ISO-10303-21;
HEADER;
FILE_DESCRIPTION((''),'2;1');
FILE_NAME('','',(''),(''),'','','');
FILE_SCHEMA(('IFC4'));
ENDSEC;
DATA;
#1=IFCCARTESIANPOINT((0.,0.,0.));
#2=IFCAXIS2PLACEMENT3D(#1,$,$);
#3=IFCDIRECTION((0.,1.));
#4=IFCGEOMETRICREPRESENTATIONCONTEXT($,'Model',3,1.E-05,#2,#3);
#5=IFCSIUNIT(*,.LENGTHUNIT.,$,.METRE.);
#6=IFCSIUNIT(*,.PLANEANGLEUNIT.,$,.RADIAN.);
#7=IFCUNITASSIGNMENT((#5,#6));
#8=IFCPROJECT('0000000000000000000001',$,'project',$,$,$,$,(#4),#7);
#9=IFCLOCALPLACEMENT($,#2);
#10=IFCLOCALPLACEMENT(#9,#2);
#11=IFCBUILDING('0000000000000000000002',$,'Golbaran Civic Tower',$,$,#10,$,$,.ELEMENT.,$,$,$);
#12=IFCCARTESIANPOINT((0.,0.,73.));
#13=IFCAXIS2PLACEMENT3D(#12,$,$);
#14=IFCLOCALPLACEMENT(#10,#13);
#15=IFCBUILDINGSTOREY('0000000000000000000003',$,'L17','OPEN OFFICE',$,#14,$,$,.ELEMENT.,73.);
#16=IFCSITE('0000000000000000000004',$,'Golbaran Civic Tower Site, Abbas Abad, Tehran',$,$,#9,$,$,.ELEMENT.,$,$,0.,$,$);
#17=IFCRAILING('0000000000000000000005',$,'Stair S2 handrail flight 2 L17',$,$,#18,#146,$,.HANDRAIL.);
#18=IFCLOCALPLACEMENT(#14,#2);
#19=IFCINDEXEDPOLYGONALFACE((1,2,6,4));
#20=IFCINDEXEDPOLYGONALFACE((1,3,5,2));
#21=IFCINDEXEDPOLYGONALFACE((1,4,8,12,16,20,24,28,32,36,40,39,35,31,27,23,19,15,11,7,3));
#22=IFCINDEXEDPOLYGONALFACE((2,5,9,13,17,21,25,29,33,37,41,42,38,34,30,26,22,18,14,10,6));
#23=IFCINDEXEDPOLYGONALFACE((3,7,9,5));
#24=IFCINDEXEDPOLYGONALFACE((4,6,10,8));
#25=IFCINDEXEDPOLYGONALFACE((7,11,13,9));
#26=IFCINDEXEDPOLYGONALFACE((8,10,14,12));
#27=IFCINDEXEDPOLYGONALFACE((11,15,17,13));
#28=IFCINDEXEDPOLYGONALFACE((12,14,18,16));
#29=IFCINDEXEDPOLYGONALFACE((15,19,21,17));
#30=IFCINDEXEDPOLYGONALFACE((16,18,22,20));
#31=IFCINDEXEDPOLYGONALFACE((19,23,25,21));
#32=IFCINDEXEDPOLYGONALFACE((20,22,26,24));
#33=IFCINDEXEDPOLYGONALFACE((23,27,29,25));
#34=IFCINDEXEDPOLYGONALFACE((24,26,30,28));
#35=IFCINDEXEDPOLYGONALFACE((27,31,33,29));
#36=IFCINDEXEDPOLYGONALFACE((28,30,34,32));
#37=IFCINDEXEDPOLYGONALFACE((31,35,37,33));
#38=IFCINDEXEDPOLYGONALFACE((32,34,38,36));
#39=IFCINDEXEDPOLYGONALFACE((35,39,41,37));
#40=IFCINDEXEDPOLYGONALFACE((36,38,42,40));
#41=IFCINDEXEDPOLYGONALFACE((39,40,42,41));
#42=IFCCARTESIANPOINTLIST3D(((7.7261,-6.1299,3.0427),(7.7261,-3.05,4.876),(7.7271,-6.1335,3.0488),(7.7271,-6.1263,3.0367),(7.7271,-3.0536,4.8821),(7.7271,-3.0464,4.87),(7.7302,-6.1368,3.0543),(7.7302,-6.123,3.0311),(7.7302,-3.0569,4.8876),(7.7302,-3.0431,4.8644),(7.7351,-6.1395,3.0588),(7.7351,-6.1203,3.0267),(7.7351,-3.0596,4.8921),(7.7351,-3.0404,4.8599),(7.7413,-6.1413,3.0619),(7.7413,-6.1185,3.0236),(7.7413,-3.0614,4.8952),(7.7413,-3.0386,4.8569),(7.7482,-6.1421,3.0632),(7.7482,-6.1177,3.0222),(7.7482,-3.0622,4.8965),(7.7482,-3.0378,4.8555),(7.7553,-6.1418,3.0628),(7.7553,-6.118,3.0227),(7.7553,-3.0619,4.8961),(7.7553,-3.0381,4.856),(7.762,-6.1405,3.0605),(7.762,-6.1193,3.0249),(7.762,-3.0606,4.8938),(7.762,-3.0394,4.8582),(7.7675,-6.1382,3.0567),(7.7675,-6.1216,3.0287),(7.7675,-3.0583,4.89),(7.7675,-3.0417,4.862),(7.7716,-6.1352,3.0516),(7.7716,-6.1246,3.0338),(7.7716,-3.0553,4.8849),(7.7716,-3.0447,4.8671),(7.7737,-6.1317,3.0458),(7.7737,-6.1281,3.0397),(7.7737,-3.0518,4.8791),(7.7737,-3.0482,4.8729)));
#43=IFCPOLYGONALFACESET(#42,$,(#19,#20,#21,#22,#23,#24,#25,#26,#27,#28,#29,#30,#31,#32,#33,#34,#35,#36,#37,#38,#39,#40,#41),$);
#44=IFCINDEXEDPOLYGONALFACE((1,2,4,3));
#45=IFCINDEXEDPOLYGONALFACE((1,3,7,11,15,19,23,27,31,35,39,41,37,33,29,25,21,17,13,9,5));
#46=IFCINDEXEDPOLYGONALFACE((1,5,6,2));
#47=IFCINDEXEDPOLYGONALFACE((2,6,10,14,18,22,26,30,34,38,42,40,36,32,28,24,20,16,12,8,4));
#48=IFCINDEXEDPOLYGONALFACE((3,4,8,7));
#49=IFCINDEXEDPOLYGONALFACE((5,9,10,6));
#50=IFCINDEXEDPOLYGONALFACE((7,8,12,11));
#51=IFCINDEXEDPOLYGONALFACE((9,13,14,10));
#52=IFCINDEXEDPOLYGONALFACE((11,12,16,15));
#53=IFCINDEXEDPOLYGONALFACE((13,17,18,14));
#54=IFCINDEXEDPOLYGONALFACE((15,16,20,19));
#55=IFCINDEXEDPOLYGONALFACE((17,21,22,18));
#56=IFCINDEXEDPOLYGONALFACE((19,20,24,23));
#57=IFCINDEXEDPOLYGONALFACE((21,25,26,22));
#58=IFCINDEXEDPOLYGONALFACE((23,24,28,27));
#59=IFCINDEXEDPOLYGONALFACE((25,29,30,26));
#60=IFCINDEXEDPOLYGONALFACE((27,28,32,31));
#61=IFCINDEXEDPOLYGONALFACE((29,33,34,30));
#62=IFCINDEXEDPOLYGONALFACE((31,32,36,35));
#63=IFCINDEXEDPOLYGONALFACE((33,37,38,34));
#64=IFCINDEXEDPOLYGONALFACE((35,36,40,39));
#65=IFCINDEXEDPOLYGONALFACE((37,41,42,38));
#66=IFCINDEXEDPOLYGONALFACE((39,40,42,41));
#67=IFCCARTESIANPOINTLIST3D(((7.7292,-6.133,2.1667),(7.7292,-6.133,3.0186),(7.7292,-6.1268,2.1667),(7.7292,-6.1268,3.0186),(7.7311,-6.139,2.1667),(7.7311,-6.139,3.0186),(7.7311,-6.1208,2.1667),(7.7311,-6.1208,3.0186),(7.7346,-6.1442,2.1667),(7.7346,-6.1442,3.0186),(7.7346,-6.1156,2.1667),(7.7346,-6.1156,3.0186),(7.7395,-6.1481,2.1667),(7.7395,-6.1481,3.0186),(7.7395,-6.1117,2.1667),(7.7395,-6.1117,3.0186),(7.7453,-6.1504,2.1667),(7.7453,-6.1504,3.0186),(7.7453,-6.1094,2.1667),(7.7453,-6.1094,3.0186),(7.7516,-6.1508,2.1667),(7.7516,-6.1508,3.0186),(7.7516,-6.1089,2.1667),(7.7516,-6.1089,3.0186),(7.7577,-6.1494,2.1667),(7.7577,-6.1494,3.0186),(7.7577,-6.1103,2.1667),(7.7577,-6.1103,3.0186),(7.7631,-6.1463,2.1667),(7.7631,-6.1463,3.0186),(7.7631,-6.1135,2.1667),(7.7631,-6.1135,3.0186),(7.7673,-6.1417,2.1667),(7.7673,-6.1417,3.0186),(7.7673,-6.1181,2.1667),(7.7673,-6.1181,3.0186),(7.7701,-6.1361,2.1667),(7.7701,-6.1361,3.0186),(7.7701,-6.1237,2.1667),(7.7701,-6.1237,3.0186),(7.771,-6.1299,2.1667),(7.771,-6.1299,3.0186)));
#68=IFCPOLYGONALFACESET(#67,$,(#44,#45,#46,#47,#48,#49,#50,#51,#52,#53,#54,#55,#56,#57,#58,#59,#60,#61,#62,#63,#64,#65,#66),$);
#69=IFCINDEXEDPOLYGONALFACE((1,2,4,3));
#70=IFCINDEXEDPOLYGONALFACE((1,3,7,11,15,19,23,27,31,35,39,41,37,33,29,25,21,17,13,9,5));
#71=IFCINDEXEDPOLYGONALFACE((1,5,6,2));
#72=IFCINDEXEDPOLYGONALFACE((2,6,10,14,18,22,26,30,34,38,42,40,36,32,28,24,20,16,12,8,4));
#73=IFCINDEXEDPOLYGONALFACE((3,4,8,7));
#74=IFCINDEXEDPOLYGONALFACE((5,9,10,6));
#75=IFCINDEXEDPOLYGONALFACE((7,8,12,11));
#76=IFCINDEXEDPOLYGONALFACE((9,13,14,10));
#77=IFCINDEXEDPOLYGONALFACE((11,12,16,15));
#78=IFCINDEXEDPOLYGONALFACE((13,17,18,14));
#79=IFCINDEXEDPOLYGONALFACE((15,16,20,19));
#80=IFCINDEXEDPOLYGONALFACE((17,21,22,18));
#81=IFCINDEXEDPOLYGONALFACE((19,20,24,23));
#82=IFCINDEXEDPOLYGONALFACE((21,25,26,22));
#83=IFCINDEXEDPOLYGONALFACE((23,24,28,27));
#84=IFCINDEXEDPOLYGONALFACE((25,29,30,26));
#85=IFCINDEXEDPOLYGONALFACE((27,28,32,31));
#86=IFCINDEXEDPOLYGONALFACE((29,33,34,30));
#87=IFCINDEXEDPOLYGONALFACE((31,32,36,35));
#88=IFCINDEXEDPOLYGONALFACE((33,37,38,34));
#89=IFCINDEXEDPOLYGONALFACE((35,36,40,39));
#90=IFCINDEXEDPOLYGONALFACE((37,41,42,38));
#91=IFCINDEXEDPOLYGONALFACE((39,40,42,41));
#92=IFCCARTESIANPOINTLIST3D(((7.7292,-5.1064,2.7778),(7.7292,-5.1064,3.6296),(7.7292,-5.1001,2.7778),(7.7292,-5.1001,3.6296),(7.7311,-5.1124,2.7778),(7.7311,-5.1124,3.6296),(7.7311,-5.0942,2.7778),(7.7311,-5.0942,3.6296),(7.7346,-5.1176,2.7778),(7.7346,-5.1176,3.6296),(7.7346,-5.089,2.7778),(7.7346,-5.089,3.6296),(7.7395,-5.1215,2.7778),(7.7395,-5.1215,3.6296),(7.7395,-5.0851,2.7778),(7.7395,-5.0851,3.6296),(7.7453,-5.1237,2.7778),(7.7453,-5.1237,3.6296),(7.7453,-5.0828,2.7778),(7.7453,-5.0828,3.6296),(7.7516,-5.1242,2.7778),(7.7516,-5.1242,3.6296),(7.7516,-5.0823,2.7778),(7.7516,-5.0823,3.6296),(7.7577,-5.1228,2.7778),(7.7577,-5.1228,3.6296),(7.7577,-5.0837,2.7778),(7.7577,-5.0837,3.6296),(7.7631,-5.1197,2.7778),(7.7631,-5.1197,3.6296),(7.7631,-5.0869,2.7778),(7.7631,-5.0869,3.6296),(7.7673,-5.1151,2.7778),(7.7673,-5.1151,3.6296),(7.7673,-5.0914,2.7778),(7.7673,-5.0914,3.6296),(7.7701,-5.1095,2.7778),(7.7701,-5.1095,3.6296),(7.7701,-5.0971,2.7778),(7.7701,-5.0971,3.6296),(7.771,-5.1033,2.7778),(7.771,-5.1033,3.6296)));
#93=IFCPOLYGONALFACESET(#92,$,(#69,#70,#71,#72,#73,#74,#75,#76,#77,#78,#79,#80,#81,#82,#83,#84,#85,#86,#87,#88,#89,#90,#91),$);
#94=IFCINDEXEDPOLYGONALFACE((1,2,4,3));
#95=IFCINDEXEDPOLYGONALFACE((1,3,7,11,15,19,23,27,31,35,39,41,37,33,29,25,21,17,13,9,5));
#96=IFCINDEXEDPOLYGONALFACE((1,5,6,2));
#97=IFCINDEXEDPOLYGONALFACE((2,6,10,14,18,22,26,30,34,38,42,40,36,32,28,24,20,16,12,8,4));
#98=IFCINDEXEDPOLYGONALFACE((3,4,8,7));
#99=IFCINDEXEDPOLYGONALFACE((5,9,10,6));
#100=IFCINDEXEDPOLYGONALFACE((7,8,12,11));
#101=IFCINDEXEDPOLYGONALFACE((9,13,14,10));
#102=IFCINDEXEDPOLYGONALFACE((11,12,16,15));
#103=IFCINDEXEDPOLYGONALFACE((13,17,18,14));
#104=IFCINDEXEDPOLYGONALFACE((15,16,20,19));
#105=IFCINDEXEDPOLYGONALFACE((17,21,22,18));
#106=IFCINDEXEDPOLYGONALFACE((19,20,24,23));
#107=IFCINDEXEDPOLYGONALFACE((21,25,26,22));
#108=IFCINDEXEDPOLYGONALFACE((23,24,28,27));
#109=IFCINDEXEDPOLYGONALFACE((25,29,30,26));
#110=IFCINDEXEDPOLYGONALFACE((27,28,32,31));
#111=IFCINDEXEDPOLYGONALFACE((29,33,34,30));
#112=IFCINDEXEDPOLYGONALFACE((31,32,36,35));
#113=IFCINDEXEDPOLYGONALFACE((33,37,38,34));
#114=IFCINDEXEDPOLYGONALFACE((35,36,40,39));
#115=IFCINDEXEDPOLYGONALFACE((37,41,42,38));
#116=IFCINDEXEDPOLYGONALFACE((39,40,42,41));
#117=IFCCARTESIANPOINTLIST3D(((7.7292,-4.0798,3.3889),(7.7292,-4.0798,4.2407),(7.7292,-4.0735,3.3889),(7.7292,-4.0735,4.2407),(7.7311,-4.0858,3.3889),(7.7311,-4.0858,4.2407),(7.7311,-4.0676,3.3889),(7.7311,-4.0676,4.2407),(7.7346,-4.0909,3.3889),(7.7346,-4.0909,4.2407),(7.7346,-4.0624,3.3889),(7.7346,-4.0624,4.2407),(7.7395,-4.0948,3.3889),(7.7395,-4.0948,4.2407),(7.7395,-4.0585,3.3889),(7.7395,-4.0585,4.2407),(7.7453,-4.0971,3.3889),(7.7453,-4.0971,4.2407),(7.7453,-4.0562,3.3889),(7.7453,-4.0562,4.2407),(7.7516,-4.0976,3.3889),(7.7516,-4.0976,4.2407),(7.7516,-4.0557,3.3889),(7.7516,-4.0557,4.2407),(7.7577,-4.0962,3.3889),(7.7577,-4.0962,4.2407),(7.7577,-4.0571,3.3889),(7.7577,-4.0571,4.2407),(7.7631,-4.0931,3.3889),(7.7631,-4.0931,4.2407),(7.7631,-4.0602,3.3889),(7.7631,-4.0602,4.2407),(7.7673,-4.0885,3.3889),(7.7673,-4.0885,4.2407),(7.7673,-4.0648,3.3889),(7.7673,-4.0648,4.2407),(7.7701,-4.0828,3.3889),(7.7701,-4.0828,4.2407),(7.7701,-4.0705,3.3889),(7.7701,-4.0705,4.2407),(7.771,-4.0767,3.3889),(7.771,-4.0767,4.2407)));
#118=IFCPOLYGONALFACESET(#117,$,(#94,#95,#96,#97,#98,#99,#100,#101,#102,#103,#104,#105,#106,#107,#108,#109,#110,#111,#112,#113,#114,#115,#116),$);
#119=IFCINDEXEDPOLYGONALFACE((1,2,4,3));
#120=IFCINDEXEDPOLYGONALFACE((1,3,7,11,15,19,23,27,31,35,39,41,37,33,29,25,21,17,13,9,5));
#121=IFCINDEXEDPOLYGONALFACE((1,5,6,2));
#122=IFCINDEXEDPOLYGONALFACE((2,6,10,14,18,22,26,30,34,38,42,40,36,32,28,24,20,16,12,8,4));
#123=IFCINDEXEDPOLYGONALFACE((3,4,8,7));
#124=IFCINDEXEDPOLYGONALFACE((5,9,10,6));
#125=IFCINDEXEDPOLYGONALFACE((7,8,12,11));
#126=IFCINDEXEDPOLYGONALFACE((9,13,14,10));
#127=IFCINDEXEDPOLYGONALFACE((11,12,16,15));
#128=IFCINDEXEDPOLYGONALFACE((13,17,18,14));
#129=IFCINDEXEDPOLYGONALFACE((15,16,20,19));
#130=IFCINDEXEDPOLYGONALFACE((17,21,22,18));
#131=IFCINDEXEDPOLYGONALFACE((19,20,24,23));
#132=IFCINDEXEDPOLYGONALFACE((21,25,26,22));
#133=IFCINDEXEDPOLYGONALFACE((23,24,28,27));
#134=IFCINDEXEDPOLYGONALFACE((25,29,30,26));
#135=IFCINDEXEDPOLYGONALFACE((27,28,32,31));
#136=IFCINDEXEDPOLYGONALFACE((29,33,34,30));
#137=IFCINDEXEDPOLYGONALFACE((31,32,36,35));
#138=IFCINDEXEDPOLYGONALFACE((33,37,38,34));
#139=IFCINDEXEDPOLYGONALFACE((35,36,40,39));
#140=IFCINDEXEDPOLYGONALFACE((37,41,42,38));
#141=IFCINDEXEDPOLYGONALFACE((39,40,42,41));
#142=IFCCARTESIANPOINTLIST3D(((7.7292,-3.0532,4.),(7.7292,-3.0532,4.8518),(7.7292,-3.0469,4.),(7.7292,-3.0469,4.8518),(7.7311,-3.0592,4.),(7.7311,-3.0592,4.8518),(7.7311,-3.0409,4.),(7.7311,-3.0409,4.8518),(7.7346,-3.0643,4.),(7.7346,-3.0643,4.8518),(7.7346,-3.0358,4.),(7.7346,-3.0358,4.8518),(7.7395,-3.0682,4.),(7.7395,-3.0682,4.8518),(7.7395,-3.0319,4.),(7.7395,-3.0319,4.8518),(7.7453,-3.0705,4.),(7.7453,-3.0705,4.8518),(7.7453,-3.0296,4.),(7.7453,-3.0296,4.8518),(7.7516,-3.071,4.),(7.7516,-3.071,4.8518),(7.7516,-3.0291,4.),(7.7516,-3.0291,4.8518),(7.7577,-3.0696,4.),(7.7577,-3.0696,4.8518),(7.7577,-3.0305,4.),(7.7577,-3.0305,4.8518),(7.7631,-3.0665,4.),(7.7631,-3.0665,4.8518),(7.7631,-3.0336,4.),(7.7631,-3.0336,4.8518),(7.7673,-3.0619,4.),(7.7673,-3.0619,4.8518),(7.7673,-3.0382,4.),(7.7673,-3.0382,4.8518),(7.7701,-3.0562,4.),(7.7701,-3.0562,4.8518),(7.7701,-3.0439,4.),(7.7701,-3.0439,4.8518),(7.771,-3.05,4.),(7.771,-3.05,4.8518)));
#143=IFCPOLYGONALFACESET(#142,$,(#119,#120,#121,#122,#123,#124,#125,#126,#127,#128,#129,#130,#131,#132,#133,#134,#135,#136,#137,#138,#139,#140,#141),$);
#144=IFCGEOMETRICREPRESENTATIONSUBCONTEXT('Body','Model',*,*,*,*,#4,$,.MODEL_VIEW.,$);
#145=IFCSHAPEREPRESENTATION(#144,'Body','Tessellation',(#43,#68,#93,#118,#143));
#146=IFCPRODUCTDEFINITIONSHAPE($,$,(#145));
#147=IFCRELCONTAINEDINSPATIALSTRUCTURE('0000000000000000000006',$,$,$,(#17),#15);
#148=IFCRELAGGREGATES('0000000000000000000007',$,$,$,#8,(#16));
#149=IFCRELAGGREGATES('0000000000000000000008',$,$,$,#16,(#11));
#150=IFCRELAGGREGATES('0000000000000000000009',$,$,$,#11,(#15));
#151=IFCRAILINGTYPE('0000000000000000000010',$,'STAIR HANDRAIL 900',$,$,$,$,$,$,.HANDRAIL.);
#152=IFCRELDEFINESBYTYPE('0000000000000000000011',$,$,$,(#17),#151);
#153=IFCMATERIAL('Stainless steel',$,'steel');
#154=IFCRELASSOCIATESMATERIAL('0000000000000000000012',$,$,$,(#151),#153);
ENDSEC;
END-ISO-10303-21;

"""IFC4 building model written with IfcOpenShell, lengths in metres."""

from ifc_helpers import new_model, si_unit, direction, frame, origin, origin_2d, place, context, subcontext, project, spatial, circle, extrude, material, type_object, element, save


model = new_model("IFC4")

# Units and contexts
model_context = context("Model", 3, precision=1e-05, world=origin(), true_north=direction((0.0, 1.0)))
body_context = subcontext(model_context, "Body", "Model", "MODEL_VIEW")
ifc_project = project(units=[si_unit("LENGTHUNIT", "METRE"), si_unit("PLANEANGLEUNIT", "RADIAN")], contexts=[model_context])

# Site, building, storey
site_placement = place(None, origin())
site = spatial("IfcSite", under=ifc_project, at=site_placement, Name="Golbaran Civic Tower Site, Abbas Abad, Tehran", CompositionType="ELEMENT", RefElevation=0.0)
building_placement = place(site_placement, origin())
building = spatial("IfcBuilding", under=site, at=building_placement, Name="Golbaran Civic Tower", CompositionType="ELEMENT")
storey_placement = place(building_placement, frame((0.0, 0.0, 73.0)))
storey = spatial("IfcBuildingStorey", under=building, at=storey_placement, Name="L17", Description="OPEN OFFICE", CompositionType="ELEMENT", Elevation=73.0)

# Shared definitions
ifc_material_1 = material(Name="Stainless steel", Category="steel")

# Railing
railing_type = type_object("IfcRailingType", Name="STAIR HANDRAIL 900", PredefinedType="HANDRAIL", material=ifc_material_1)
railing_1_placement = place(storey_placement, frame((7.75, -6.1299, 2.1667)))
element("IfcRailing", 1, at=railing_1_placement, inside=storey, type_object=railing_type, Name="Stair S2 handrail flight 2 L17", PredefinedType="HANDRAIL", context=body_context, shape_type="SweptSolid", body=[
    extrude(circle(Radius=0.0239, at=origin_2d()), frame((0.0, 0.0, 0.876), z_axis=(0.0, 0.859291, 0.511487), x_axis=(-1.0, 0.0, 0.0)), (0.0, 0.0, 1.0), 3.5842),
    extrude(circle(Radius=0.021, at=origin_2d()), origin(), (0.0, 0.0, 1.0), 0.8518),
    extrude(circle(Radius=0.021, at=origin_2d()), frame((0.0, 1.0266, 0.6111)), (0.0, 0.0, 1.0), 0.8518),
    extrude(circle(Radius=0.021, at=origin_2d()), frame((0.0, 2.0532, 1.2222)), (0.0, 0.0, 1.0), 0.8518),
    extrude(circle(Radius=0.021, at=origin_2d()), frame((0.0, 3.0798, 1.8333)), (0.0, 0.0, 1.0), 0.8518),
])

save(model, "model.ifc")
